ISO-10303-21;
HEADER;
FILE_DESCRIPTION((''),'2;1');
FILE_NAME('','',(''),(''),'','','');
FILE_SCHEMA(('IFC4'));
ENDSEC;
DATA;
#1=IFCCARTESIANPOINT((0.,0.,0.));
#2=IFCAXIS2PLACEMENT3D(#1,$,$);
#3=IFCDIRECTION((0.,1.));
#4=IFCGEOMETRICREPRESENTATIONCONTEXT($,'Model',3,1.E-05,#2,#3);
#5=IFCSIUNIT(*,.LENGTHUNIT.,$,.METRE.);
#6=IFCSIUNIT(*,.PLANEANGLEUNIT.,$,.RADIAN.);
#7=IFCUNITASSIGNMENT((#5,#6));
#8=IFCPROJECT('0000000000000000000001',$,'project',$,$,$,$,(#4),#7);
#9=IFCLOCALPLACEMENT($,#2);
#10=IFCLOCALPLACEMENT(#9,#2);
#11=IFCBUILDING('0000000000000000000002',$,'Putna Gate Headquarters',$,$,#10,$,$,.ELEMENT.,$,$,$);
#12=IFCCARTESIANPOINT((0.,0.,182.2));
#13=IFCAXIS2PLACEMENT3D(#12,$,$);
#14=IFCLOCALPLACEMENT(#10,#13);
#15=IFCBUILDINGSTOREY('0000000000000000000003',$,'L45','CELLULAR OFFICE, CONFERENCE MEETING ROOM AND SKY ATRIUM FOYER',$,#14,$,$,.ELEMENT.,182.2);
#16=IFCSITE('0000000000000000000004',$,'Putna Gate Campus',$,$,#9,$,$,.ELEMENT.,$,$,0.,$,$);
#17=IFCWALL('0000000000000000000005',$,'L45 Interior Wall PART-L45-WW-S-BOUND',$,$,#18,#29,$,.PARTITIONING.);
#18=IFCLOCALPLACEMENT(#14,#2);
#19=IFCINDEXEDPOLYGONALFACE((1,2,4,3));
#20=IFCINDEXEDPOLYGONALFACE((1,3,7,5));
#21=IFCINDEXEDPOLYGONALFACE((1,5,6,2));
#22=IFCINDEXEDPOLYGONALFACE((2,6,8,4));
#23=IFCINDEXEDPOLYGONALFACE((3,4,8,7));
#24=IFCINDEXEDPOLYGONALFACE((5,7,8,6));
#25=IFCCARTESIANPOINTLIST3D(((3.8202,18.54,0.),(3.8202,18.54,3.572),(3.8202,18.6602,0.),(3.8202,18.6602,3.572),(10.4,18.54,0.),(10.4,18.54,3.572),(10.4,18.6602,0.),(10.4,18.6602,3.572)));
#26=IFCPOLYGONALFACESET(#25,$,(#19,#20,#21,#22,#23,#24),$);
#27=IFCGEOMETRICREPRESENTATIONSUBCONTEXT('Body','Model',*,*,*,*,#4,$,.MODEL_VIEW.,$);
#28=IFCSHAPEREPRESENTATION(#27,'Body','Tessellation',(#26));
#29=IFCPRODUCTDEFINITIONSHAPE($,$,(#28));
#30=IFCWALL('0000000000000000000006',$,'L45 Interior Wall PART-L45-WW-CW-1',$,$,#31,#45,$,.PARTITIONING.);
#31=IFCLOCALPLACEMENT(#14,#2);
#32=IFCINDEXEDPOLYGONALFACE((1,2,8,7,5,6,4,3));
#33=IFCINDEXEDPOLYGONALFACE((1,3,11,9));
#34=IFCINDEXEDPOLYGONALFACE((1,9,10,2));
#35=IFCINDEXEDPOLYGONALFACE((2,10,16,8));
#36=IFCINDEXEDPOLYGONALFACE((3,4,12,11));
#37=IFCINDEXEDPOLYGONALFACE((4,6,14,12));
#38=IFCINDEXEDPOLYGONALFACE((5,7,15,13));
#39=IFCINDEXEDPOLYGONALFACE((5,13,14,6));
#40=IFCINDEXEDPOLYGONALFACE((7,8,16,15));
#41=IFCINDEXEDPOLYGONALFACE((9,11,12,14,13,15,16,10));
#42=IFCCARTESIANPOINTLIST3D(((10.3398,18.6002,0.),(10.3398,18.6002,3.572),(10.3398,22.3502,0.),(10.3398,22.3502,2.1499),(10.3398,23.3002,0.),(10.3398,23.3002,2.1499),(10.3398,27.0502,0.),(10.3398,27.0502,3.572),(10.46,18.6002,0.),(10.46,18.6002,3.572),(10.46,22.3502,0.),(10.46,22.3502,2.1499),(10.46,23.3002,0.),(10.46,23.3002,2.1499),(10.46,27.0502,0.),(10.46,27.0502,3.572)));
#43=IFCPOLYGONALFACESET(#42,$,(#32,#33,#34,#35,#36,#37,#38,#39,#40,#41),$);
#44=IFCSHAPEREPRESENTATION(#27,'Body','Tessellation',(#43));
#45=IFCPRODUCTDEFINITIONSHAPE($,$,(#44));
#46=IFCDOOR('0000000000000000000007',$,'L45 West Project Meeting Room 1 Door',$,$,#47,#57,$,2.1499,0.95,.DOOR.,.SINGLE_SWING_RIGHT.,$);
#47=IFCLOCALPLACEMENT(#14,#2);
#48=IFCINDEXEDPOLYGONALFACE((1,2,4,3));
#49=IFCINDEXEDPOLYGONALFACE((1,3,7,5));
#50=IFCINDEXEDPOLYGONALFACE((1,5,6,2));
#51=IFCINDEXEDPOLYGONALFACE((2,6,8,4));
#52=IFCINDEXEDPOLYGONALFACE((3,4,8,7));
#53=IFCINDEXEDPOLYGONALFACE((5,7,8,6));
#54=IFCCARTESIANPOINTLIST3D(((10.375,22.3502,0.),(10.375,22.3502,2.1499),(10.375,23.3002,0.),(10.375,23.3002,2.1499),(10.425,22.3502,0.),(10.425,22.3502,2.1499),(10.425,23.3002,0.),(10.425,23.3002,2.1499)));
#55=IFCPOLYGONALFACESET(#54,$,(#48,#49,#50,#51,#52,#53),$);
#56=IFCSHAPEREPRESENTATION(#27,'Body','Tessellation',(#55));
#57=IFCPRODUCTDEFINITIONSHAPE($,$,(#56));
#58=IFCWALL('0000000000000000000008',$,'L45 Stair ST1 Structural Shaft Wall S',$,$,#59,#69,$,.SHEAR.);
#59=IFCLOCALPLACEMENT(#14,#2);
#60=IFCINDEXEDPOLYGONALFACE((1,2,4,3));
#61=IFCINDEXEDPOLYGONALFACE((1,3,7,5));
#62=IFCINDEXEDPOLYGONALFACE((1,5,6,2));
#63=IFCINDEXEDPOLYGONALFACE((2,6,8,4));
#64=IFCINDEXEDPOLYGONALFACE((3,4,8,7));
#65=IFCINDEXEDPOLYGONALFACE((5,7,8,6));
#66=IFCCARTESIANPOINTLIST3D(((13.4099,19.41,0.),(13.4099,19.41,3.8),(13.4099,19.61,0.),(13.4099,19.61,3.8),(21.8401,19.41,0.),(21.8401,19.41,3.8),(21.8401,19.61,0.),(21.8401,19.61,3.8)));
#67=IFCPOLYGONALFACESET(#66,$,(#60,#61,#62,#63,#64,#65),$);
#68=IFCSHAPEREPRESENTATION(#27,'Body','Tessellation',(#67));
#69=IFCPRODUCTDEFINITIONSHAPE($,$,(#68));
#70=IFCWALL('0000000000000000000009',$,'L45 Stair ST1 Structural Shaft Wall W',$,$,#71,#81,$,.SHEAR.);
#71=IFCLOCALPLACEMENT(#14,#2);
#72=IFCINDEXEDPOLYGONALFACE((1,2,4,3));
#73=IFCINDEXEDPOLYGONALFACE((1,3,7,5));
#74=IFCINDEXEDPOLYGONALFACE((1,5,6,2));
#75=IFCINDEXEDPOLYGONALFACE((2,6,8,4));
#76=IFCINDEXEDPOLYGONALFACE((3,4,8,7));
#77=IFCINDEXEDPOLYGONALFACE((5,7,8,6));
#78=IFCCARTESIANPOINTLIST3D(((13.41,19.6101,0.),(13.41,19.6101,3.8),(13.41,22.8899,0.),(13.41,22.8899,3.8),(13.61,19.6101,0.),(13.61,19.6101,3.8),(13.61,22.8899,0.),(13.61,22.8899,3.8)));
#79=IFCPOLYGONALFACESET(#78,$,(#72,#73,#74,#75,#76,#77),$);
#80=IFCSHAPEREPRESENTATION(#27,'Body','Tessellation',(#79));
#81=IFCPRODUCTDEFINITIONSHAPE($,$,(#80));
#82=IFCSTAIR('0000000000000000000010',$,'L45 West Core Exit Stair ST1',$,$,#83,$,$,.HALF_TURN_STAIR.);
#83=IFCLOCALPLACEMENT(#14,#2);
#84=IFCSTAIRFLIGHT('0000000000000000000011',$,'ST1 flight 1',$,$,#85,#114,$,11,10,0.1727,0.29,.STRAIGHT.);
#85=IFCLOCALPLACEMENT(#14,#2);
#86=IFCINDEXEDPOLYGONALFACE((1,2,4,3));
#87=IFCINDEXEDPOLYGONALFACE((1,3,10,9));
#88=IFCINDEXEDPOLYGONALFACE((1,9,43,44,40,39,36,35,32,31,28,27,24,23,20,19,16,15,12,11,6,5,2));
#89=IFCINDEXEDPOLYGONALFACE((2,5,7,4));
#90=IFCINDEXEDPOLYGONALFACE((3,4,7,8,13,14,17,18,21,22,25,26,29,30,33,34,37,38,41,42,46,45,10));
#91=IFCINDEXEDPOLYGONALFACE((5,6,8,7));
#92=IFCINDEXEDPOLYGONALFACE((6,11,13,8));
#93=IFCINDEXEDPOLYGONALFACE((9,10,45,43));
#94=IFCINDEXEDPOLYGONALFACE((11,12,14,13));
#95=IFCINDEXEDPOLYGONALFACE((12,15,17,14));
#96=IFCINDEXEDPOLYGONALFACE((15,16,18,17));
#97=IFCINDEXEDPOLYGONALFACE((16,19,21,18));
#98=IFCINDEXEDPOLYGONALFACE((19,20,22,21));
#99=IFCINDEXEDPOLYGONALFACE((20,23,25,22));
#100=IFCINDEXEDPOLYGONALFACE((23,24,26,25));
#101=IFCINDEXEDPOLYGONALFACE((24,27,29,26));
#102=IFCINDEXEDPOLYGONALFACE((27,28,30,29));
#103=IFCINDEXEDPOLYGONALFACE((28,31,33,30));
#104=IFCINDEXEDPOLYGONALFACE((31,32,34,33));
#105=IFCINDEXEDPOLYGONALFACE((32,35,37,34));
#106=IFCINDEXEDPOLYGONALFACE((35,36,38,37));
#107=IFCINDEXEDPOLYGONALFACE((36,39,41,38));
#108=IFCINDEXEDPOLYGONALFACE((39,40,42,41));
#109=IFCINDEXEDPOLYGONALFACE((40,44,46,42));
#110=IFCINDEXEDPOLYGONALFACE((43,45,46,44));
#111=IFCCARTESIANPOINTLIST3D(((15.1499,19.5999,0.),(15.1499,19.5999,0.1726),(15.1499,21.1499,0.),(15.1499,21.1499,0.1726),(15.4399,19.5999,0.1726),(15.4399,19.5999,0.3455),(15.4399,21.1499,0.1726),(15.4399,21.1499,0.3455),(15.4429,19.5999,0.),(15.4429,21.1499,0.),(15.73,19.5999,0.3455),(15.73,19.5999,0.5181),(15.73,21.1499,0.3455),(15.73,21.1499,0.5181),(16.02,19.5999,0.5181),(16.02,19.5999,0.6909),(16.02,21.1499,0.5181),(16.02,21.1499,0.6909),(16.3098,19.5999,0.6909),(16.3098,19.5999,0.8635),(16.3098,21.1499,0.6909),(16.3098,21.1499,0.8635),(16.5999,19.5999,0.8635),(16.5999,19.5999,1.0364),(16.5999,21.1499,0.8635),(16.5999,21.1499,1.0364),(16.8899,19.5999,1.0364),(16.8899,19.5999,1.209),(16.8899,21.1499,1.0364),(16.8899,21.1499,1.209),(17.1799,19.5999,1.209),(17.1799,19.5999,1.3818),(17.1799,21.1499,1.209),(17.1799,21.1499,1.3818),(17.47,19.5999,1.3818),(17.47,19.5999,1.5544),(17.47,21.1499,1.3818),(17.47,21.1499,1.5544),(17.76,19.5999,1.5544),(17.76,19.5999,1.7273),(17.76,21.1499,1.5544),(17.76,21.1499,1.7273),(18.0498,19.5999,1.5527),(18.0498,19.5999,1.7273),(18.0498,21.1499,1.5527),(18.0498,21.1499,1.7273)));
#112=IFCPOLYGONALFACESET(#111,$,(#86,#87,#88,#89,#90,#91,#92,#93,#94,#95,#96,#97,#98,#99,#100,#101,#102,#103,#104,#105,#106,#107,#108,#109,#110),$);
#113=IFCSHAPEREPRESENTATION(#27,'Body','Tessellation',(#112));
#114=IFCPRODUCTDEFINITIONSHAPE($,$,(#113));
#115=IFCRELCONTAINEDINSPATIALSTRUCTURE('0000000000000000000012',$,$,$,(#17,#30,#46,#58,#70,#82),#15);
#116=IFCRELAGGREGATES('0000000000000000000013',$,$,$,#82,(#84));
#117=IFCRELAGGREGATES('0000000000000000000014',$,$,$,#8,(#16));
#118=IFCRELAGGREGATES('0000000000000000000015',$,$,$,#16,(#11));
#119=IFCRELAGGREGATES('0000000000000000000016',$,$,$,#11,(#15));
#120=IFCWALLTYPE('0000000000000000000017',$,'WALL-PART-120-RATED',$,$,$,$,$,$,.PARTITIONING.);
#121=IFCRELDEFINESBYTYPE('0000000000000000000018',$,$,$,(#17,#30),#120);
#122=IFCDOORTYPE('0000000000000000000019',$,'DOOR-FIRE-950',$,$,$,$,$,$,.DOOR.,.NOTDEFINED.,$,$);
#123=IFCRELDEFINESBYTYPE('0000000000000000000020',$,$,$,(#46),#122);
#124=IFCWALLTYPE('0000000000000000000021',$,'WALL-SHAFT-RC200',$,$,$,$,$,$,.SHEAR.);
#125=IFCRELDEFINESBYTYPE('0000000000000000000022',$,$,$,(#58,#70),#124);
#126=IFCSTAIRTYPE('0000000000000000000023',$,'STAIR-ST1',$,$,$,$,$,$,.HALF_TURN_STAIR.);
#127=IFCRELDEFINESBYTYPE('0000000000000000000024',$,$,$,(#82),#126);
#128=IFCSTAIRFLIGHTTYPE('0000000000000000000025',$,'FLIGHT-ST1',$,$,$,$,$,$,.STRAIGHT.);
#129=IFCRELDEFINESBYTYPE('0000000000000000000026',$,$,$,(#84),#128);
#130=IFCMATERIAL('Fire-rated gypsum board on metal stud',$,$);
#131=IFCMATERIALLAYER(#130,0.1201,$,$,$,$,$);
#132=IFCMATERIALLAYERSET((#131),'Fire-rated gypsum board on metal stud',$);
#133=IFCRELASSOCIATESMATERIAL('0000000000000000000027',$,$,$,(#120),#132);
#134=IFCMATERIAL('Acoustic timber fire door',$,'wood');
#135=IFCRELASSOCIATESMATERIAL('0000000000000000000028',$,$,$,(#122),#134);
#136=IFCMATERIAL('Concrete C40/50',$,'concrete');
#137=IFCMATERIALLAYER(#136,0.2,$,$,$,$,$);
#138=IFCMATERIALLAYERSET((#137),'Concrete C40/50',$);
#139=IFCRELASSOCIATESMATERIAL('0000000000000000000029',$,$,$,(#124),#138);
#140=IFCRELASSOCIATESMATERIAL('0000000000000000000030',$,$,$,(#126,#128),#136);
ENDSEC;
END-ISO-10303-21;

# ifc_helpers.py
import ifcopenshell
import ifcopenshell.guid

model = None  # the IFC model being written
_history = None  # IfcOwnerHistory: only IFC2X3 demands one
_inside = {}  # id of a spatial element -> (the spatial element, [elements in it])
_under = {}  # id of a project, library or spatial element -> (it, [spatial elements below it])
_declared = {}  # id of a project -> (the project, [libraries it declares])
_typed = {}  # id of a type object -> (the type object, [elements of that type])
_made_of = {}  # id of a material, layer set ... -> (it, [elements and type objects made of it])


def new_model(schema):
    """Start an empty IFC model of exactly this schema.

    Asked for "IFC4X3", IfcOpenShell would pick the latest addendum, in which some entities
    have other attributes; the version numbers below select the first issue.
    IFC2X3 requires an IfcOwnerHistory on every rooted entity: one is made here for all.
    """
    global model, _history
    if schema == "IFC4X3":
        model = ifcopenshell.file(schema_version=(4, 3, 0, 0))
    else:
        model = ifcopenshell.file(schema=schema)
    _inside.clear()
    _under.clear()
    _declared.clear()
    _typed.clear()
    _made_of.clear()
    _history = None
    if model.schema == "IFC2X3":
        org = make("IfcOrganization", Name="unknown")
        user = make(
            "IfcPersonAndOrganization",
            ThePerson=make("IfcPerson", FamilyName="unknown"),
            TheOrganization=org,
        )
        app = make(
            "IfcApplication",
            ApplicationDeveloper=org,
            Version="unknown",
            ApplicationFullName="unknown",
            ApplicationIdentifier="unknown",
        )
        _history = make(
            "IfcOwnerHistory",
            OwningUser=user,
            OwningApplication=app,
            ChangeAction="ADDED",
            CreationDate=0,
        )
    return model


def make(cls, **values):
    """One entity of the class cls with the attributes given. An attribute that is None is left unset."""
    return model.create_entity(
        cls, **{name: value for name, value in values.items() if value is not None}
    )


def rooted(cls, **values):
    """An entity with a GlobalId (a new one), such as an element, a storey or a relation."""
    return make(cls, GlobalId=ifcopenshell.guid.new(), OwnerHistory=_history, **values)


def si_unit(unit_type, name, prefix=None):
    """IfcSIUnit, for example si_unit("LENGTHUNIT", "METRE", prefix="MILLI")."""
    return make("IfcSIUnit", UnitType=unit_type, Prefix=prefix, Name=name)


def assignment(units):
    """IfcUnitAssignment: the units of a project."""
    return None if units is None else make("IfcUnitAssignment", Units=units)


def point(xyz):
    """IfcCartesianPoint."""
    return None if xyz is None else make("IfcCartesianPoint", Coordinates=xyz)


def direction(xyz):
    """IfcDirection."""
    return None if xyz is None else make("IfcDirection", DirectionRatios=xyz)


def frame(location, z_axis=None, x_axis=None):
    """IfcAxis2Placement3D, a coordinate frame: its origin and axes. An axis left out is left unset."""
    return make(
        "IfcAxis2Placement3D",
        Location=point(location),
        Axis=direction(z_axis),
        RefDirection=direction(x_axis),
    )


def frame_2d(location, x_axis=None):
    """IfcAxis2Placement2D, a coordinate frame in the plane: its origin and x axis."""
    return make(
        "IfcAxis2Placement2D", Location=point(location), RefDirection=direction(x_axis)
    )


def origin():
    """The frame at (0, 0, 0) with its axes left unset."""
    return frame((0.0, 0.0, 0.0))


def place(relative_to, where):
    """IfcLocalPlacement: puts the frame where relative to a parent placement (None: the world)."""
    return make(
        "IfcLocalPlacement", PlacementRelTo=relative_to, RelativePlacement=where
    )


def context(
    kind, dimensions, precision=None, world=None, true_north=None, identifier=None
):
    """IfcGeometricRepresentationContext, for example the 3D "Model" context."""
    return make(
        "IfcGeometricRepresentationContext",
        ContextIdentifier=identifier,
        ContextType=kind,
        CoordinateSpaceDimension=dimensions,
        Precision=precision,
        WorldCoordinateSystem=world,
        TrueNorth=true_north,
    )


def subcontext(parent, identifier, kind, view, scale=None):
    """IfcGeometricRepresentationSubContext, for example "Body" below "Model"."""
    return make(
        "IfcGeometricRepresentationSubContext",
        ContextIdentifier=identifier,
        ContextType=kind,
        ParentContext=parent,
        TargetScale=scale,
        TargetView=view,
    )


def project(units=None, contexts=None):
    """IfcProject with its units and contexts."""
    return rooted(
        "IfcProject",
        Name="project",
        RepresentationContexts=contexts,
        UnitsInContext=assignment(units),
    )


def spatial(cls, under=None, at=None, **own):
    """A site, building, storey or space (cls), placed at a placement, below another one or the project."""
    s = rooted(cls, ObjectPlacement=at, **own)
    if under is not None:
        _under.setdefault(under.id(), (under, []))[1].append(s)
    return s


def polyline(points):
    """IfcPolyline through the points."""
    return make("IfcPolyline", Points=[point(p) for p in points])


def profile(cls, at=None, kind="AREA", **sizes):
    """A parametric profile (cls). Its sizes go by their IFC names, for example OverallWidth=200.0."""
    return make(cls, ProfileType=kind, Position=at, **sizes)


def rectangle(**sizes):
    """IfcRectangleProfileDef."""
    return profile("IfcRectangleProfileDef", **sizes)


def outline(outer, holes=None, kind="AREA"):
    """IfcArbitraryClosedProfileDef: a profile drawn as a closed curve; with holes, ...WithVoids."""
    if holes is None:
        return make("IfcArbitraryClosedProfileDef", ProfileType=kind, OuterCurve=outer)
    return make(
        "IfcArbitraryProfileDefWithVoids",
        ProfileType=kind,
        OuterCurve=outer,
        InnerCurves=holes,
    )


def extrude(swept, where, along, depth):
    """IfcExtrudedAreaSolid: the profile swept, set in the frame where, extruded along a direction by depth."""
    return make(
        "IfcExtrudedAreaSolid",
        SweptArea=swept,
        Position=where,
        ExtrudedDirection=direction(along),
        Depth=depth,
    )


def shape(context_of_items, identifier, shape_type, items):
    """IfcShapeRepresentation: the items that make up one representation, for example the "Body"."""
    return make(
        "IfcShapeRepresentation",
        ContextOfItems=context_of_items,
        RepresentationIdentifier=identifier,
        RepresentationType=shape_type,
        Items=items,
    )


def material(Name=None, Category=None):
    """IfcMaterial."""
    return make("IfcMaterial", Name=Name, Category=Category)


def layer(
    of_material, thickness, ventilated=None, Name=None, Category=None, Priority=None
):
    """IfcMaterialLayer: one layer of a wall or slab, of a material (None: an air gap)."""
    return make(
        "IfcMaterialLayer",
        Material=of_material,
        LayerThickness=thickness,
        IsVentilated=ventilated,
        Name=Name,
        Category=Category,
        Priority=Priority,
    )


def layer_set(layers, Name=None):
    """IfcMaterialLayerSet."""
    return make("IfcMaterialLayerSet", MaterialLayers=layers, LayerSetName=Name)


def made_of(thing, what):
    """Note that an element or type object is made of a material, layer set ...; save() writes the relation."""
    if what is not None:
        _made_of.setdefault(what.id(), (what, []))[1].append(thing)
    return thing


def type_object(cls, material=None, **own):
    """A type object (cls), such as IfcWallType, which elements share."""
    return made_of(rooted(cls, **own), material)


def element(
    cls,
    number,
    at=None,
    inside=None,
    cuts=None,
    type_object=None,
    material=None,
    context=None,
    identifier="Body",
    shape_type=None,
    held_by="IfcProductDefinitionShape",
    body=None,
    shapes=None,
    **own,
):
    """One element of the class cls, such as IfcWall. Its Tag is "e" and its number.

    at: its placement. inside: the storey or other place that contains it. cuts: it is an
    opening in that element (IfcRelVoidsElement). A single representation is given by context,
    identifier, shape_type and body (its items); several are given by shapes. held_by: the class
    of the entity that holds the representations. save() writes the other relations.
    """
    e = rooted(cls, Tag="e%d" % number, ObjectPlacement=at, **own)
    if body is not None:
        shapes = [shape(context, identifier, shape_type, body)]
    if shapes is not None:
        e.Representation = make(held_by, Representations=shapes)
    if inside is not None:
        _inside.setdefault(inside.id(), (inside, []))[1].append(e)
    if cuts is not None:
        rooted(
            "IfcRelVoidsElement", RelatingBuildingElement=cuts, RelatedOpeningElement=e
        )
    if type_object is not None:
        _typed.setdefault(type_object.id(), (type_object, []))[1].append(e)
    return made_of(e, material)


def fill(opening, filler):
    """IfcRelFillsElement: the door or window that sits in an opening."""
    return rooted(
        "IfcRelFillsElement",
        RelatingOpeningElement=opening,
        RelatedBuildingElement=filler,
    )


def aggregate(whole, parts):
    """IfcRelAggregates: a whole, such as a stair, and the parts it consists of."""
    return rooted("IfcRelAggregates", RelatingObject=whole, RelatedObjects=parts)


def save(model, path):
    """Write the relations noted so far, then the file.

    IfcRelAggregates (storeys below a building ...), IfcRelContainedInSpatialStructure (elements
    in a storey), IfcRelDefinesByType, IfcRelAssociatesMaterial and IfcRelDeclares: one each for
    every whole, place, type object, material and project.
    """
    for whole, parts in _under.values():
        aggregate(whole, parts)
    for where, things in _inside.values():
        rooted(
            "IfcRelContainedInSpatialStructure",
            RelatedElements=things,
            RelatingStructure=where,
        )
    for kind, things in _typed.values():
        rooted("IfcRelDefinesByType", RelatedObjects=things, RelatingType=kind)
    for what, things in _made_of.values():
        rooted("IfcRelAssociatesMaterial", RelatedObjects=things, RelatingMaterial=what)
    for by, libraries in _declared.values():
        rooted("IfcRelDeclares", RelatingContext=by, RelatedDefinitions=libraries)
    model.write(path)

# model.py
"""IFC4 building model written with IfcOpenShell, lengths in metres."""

from ifc_helpers import new_model, si_unit, direction, frame, frame_2d, origin, place, context, subcontext, project, spatial, polyline, rectangle, outline, extrude, material, layer, layer_set, type_object, element, fill, aggregate, save


model = new_model("IFC4")

# Units and contexts
model_context = context("Model", 3, precision=1e-05, world=origin(), true_north=direction((0.0, 1.0)))
body_context = subcontext(model_context, "Body", "Model", "MODEL_VIEW")
ifc_project = project(units=[si_unit("LENGTHUNIT", "METRE"), si_unit("PLANEANGLEUNIT", "RADIAN")], contexts=[model_context])

# Site, building, storey
site_placement = place(None, origin())
site = spatial("IfcSite", under=ifc_project, at=site_placement, Name="Putna Gate Campus", CompositionType="ELEMENT", RefElevation=0.0)
building_placement = place(site_placement, origin())
building = spatial("IfcBuilding", under=site, at=building_placement, Name="Putna Gate Headquarters", CompositionType="ELEMENT")
storey_placement = place(building_placement, frame((0.0, 0.0, 182.2)))
storey = spatial("IfcBuildingStorey", under=building, at=storey_placement, Name="L45", Description="CELLULAR OFFICE, CONFERENCE MEETING ROOM AND SKY ATRIUM FOYER", CompositionType="ELEMENT", Elevation=182.2)

# Shared definitions
ifc_material_1 = material(Name="Fire-rated gypsum board on metal stud")
ifc_layer_1 = layer(ifc_material_1, 0.1201)
ifc_layer_set_1 = layer_set([ifc_layer_1], Name="Fire-rated gypsum board on metal stud")
wall_type_1 = type_object("IfcWallType", Name="WALL-PART-120-RATED", PredefinedType="PARTITIONING", material=ifc_layer_set_1)

# Shared definitions
ifc_material_2 = material(Name="Acoustic timber fire door", Category="wood")
door_type_1 = type_object("IfcDoorType", Name="DOOR-FIRE-950", OperationType="NOTDEFINED", PredefinedType="DOOR", material=ifc_material_2)

# Wall
wall_1_placement = place(storey_placement, frame((3.8201, 18.6001, 0.0), z_axis=(0.0, 0.0, 1.0), x_axis=(1.0, 0.0, 0.0)))
element("IfcWall", 1, at=wall_1_placement, inside=storey, type_object=wall_type_1, Name="L45 Interior Wall PART-L45-WW-S-BOUND", PredefinedType="PARTITIONING", context=body_context, shape_type="SweptSolid", body=[
    extrude(rectangle(XDim=6.5798, YDim=0.1201, at=frame_2d((3.29, 0.0))), origin(), (0.0, 0.0, 1.0), 3.572),
])

# Wall, opening, door
wall_2_placement = place(storey_placement, frame((10.3999, 18.6001, 0.0), z_axis=(0.0, 0.0, 1.0), x_axis=(0.0, 1.0, 0.0)))
wall_2 = element("IfcWall", 2, at=wall_2_placement, inside=storey, type_object=wall_type_1, Name="L45 Interior Wall PART-L45-WW-CW-1", PredefinedType="PARTITIONING", context=body_context, shape_type="SweptSolid", body=[
    extrude(rectangle(XDim=8.45, YDim=0.1201, at=frame_2d((4.2251, 0.0))), origin(), (0.0, 0.0, 1.0), 3.572),
])
opening_1_placement = place(wall_2_placement, frame((3.75, 0.0, 0.0)))
opening_1 = element("IfcOpeningElement", 3, at=opening_1_placement, cuts=wall_2, PredefinedType="OPENING", context=body_context, shape_type="SweptSolid", body=[
    extrude(rectangle(XDim=0.95, YDim=2.1499, at=frame_2d((0.4751, 1.075))), frame((0.0, 0.0701, 0.0), z_axis=(0.0, -1.0, 0.0), x_axis=(1.0, 0.0, 0.0)), (0.0, 0.0, 1.0), 0.1401),
])
door_1_placement = place(opening_1_placement, origin())
door_1 = element("IfcDoor", 4, at=door_1_placement, inside=storey, type_object=door_type_1, Name="L45 West Project Meeting Room 1 Door", OperationType="SINGLE_SWING_RIGHT", OverallHeight=2.1499, OverallWidth=0.95, PredefinedType="DOOR", context=body_context, shape_type="SweptSolid", body=[
    extrude(rectangle(XDim=0.95, YDim=2.1499, at=frame_2d((0.4751, 1.075))), frame((0.0, 0.0249, 0.0), z_axis=(0.0, -1.0, 0.0), x_axis=(1.0, 0.0, 0.0)), (0.0, 0.0, 1.0), 0.05),
])
fill(opening_1, door_1)

# Walls
ifc_material_3 = material(Name="Concrete C40/50", Category="concrete")
ifc_layer_2 = layer(ifc_material_3, 0.2)
ifc_layer_set_2 = layer_set([ifc_layer_2], Name="Concrete C40/50")
wall_type_2 = type_object("IfcWallType", Name="WALL-SHAFT-RC200", PredefinedType="SHEAR", material=ifc_layer_set_2)
wall_3_placement = place(storey_placement, frame((13.4099, 19.51, 0.0), z_axis=(0.0, 0.0, 1.0), x_axis=(1.0, 0.0, 0.0)))
element("IfcWall", 5, at=wall_3_placement, inside=storey, type_object=wall_type_2, Name="L45 Stair ST1 Structural Shaft Wall S", PredefinedType="SHEAR", context=body_context, shape_type="SweptSolid", body=[
    extrude(rectangle(XDim=8.4302, YDim=0.2, at=frame_2d((4.2151, 0.0))), origin(), (0.0, 0.0, 1.0), 3.8),
])
wall_4_placement = place(storey_placement, frame((13.51, 19.6101, 0.0), z_axis=(0.0, 0.0, 1.0), x_axis=(0.0, 1.0, 0.0)))
element("IfcWall", 6, at=wall_4_placement, inside=storey, type_object=wall_type_2, Name="L45 Stair ST1 Structural Shaft Wall W", PredefinedType="SHEAR", context=body_context, shape_type="SweptSolid", body=[
    extrude(rectangle(XDim=3.2798, YDim=0.2, at=frame_2d((1.6399, 0.0))), origin(), (0.0, 0.0, 1.0), 3.8),
])

# Stair, stair flight
stair_type = type_object("IfcStairType", Name="STAIR-ST1", PredefinedType="HALF_TURN_STAIR", material=ifc_material_3)
stair_placement = place(storey_placement, origin())
stair = element("IfcStair", 7, at=stair_placement, inside=storey, type_object=stair_type, Name="L45 West Core Exit Stair ST1", PredefinedType="HALF_TURN_STAIR")
stair_flight_type = type_object("IfcStairFlightType", Name="FLIGHT-ST1", PredefinedType="STRAIGHT", material=ifc_material_3)
stair_flight_placement = place(storey_placement, frame((15.1499, 20.375, 0.0), z_axis=(0.0, 0.0, 1.0), x_axis=(1.0, 0.0, 0.0)))
stair_flight = element("IfcStairFlight", 8, at=stair_flight_placement, type_object=stair_flight_type, Name="ST1 flight 1", NumberOfRisers=11, NumberOfTreads=10, PredefinedType="STRAIGHT", RiserHeight=0.1727, TreadLength=0.29, context=body_context, shape_type="SweptSolid", body=[
    extrude(outline(polyline([(0.0, 0.0), (0.0, 0.1726), (0.29, 0.1726), (0.29, 0.3455), (0.5801, 0.3455), (0.5801, 0.5181), (0.8701, 0.5181), (0.8701, 0.6909), (1.1599, 0.6909), (1.1599, 0.8635), (1.45, 0.8635), (1.45, 1.0364), (1.74, 1.0364), (1.74, 1.209), (2.03, 1.209), (2.03, 1.3818), (2.3201, 1.3818), (2.3201, 1.5544), (2.6101, 1.5544), (2.6101, 1.7273), (2.8999, 1.7273), (2.8999, 1.8999), (2.8999, 1.5527), (0.293, 0.0), (0.0, 0.0)])), frame((0.0, 0.7749, 0.0), z_axis=(0.0, -1.0, 0.0), x_axis=(1.0, 0.0, 0.0)), (0.0, 0.0, 1.0), 1.55),
])
aggregate(stair, [stair_flight])

save(model, "model.ifc")
